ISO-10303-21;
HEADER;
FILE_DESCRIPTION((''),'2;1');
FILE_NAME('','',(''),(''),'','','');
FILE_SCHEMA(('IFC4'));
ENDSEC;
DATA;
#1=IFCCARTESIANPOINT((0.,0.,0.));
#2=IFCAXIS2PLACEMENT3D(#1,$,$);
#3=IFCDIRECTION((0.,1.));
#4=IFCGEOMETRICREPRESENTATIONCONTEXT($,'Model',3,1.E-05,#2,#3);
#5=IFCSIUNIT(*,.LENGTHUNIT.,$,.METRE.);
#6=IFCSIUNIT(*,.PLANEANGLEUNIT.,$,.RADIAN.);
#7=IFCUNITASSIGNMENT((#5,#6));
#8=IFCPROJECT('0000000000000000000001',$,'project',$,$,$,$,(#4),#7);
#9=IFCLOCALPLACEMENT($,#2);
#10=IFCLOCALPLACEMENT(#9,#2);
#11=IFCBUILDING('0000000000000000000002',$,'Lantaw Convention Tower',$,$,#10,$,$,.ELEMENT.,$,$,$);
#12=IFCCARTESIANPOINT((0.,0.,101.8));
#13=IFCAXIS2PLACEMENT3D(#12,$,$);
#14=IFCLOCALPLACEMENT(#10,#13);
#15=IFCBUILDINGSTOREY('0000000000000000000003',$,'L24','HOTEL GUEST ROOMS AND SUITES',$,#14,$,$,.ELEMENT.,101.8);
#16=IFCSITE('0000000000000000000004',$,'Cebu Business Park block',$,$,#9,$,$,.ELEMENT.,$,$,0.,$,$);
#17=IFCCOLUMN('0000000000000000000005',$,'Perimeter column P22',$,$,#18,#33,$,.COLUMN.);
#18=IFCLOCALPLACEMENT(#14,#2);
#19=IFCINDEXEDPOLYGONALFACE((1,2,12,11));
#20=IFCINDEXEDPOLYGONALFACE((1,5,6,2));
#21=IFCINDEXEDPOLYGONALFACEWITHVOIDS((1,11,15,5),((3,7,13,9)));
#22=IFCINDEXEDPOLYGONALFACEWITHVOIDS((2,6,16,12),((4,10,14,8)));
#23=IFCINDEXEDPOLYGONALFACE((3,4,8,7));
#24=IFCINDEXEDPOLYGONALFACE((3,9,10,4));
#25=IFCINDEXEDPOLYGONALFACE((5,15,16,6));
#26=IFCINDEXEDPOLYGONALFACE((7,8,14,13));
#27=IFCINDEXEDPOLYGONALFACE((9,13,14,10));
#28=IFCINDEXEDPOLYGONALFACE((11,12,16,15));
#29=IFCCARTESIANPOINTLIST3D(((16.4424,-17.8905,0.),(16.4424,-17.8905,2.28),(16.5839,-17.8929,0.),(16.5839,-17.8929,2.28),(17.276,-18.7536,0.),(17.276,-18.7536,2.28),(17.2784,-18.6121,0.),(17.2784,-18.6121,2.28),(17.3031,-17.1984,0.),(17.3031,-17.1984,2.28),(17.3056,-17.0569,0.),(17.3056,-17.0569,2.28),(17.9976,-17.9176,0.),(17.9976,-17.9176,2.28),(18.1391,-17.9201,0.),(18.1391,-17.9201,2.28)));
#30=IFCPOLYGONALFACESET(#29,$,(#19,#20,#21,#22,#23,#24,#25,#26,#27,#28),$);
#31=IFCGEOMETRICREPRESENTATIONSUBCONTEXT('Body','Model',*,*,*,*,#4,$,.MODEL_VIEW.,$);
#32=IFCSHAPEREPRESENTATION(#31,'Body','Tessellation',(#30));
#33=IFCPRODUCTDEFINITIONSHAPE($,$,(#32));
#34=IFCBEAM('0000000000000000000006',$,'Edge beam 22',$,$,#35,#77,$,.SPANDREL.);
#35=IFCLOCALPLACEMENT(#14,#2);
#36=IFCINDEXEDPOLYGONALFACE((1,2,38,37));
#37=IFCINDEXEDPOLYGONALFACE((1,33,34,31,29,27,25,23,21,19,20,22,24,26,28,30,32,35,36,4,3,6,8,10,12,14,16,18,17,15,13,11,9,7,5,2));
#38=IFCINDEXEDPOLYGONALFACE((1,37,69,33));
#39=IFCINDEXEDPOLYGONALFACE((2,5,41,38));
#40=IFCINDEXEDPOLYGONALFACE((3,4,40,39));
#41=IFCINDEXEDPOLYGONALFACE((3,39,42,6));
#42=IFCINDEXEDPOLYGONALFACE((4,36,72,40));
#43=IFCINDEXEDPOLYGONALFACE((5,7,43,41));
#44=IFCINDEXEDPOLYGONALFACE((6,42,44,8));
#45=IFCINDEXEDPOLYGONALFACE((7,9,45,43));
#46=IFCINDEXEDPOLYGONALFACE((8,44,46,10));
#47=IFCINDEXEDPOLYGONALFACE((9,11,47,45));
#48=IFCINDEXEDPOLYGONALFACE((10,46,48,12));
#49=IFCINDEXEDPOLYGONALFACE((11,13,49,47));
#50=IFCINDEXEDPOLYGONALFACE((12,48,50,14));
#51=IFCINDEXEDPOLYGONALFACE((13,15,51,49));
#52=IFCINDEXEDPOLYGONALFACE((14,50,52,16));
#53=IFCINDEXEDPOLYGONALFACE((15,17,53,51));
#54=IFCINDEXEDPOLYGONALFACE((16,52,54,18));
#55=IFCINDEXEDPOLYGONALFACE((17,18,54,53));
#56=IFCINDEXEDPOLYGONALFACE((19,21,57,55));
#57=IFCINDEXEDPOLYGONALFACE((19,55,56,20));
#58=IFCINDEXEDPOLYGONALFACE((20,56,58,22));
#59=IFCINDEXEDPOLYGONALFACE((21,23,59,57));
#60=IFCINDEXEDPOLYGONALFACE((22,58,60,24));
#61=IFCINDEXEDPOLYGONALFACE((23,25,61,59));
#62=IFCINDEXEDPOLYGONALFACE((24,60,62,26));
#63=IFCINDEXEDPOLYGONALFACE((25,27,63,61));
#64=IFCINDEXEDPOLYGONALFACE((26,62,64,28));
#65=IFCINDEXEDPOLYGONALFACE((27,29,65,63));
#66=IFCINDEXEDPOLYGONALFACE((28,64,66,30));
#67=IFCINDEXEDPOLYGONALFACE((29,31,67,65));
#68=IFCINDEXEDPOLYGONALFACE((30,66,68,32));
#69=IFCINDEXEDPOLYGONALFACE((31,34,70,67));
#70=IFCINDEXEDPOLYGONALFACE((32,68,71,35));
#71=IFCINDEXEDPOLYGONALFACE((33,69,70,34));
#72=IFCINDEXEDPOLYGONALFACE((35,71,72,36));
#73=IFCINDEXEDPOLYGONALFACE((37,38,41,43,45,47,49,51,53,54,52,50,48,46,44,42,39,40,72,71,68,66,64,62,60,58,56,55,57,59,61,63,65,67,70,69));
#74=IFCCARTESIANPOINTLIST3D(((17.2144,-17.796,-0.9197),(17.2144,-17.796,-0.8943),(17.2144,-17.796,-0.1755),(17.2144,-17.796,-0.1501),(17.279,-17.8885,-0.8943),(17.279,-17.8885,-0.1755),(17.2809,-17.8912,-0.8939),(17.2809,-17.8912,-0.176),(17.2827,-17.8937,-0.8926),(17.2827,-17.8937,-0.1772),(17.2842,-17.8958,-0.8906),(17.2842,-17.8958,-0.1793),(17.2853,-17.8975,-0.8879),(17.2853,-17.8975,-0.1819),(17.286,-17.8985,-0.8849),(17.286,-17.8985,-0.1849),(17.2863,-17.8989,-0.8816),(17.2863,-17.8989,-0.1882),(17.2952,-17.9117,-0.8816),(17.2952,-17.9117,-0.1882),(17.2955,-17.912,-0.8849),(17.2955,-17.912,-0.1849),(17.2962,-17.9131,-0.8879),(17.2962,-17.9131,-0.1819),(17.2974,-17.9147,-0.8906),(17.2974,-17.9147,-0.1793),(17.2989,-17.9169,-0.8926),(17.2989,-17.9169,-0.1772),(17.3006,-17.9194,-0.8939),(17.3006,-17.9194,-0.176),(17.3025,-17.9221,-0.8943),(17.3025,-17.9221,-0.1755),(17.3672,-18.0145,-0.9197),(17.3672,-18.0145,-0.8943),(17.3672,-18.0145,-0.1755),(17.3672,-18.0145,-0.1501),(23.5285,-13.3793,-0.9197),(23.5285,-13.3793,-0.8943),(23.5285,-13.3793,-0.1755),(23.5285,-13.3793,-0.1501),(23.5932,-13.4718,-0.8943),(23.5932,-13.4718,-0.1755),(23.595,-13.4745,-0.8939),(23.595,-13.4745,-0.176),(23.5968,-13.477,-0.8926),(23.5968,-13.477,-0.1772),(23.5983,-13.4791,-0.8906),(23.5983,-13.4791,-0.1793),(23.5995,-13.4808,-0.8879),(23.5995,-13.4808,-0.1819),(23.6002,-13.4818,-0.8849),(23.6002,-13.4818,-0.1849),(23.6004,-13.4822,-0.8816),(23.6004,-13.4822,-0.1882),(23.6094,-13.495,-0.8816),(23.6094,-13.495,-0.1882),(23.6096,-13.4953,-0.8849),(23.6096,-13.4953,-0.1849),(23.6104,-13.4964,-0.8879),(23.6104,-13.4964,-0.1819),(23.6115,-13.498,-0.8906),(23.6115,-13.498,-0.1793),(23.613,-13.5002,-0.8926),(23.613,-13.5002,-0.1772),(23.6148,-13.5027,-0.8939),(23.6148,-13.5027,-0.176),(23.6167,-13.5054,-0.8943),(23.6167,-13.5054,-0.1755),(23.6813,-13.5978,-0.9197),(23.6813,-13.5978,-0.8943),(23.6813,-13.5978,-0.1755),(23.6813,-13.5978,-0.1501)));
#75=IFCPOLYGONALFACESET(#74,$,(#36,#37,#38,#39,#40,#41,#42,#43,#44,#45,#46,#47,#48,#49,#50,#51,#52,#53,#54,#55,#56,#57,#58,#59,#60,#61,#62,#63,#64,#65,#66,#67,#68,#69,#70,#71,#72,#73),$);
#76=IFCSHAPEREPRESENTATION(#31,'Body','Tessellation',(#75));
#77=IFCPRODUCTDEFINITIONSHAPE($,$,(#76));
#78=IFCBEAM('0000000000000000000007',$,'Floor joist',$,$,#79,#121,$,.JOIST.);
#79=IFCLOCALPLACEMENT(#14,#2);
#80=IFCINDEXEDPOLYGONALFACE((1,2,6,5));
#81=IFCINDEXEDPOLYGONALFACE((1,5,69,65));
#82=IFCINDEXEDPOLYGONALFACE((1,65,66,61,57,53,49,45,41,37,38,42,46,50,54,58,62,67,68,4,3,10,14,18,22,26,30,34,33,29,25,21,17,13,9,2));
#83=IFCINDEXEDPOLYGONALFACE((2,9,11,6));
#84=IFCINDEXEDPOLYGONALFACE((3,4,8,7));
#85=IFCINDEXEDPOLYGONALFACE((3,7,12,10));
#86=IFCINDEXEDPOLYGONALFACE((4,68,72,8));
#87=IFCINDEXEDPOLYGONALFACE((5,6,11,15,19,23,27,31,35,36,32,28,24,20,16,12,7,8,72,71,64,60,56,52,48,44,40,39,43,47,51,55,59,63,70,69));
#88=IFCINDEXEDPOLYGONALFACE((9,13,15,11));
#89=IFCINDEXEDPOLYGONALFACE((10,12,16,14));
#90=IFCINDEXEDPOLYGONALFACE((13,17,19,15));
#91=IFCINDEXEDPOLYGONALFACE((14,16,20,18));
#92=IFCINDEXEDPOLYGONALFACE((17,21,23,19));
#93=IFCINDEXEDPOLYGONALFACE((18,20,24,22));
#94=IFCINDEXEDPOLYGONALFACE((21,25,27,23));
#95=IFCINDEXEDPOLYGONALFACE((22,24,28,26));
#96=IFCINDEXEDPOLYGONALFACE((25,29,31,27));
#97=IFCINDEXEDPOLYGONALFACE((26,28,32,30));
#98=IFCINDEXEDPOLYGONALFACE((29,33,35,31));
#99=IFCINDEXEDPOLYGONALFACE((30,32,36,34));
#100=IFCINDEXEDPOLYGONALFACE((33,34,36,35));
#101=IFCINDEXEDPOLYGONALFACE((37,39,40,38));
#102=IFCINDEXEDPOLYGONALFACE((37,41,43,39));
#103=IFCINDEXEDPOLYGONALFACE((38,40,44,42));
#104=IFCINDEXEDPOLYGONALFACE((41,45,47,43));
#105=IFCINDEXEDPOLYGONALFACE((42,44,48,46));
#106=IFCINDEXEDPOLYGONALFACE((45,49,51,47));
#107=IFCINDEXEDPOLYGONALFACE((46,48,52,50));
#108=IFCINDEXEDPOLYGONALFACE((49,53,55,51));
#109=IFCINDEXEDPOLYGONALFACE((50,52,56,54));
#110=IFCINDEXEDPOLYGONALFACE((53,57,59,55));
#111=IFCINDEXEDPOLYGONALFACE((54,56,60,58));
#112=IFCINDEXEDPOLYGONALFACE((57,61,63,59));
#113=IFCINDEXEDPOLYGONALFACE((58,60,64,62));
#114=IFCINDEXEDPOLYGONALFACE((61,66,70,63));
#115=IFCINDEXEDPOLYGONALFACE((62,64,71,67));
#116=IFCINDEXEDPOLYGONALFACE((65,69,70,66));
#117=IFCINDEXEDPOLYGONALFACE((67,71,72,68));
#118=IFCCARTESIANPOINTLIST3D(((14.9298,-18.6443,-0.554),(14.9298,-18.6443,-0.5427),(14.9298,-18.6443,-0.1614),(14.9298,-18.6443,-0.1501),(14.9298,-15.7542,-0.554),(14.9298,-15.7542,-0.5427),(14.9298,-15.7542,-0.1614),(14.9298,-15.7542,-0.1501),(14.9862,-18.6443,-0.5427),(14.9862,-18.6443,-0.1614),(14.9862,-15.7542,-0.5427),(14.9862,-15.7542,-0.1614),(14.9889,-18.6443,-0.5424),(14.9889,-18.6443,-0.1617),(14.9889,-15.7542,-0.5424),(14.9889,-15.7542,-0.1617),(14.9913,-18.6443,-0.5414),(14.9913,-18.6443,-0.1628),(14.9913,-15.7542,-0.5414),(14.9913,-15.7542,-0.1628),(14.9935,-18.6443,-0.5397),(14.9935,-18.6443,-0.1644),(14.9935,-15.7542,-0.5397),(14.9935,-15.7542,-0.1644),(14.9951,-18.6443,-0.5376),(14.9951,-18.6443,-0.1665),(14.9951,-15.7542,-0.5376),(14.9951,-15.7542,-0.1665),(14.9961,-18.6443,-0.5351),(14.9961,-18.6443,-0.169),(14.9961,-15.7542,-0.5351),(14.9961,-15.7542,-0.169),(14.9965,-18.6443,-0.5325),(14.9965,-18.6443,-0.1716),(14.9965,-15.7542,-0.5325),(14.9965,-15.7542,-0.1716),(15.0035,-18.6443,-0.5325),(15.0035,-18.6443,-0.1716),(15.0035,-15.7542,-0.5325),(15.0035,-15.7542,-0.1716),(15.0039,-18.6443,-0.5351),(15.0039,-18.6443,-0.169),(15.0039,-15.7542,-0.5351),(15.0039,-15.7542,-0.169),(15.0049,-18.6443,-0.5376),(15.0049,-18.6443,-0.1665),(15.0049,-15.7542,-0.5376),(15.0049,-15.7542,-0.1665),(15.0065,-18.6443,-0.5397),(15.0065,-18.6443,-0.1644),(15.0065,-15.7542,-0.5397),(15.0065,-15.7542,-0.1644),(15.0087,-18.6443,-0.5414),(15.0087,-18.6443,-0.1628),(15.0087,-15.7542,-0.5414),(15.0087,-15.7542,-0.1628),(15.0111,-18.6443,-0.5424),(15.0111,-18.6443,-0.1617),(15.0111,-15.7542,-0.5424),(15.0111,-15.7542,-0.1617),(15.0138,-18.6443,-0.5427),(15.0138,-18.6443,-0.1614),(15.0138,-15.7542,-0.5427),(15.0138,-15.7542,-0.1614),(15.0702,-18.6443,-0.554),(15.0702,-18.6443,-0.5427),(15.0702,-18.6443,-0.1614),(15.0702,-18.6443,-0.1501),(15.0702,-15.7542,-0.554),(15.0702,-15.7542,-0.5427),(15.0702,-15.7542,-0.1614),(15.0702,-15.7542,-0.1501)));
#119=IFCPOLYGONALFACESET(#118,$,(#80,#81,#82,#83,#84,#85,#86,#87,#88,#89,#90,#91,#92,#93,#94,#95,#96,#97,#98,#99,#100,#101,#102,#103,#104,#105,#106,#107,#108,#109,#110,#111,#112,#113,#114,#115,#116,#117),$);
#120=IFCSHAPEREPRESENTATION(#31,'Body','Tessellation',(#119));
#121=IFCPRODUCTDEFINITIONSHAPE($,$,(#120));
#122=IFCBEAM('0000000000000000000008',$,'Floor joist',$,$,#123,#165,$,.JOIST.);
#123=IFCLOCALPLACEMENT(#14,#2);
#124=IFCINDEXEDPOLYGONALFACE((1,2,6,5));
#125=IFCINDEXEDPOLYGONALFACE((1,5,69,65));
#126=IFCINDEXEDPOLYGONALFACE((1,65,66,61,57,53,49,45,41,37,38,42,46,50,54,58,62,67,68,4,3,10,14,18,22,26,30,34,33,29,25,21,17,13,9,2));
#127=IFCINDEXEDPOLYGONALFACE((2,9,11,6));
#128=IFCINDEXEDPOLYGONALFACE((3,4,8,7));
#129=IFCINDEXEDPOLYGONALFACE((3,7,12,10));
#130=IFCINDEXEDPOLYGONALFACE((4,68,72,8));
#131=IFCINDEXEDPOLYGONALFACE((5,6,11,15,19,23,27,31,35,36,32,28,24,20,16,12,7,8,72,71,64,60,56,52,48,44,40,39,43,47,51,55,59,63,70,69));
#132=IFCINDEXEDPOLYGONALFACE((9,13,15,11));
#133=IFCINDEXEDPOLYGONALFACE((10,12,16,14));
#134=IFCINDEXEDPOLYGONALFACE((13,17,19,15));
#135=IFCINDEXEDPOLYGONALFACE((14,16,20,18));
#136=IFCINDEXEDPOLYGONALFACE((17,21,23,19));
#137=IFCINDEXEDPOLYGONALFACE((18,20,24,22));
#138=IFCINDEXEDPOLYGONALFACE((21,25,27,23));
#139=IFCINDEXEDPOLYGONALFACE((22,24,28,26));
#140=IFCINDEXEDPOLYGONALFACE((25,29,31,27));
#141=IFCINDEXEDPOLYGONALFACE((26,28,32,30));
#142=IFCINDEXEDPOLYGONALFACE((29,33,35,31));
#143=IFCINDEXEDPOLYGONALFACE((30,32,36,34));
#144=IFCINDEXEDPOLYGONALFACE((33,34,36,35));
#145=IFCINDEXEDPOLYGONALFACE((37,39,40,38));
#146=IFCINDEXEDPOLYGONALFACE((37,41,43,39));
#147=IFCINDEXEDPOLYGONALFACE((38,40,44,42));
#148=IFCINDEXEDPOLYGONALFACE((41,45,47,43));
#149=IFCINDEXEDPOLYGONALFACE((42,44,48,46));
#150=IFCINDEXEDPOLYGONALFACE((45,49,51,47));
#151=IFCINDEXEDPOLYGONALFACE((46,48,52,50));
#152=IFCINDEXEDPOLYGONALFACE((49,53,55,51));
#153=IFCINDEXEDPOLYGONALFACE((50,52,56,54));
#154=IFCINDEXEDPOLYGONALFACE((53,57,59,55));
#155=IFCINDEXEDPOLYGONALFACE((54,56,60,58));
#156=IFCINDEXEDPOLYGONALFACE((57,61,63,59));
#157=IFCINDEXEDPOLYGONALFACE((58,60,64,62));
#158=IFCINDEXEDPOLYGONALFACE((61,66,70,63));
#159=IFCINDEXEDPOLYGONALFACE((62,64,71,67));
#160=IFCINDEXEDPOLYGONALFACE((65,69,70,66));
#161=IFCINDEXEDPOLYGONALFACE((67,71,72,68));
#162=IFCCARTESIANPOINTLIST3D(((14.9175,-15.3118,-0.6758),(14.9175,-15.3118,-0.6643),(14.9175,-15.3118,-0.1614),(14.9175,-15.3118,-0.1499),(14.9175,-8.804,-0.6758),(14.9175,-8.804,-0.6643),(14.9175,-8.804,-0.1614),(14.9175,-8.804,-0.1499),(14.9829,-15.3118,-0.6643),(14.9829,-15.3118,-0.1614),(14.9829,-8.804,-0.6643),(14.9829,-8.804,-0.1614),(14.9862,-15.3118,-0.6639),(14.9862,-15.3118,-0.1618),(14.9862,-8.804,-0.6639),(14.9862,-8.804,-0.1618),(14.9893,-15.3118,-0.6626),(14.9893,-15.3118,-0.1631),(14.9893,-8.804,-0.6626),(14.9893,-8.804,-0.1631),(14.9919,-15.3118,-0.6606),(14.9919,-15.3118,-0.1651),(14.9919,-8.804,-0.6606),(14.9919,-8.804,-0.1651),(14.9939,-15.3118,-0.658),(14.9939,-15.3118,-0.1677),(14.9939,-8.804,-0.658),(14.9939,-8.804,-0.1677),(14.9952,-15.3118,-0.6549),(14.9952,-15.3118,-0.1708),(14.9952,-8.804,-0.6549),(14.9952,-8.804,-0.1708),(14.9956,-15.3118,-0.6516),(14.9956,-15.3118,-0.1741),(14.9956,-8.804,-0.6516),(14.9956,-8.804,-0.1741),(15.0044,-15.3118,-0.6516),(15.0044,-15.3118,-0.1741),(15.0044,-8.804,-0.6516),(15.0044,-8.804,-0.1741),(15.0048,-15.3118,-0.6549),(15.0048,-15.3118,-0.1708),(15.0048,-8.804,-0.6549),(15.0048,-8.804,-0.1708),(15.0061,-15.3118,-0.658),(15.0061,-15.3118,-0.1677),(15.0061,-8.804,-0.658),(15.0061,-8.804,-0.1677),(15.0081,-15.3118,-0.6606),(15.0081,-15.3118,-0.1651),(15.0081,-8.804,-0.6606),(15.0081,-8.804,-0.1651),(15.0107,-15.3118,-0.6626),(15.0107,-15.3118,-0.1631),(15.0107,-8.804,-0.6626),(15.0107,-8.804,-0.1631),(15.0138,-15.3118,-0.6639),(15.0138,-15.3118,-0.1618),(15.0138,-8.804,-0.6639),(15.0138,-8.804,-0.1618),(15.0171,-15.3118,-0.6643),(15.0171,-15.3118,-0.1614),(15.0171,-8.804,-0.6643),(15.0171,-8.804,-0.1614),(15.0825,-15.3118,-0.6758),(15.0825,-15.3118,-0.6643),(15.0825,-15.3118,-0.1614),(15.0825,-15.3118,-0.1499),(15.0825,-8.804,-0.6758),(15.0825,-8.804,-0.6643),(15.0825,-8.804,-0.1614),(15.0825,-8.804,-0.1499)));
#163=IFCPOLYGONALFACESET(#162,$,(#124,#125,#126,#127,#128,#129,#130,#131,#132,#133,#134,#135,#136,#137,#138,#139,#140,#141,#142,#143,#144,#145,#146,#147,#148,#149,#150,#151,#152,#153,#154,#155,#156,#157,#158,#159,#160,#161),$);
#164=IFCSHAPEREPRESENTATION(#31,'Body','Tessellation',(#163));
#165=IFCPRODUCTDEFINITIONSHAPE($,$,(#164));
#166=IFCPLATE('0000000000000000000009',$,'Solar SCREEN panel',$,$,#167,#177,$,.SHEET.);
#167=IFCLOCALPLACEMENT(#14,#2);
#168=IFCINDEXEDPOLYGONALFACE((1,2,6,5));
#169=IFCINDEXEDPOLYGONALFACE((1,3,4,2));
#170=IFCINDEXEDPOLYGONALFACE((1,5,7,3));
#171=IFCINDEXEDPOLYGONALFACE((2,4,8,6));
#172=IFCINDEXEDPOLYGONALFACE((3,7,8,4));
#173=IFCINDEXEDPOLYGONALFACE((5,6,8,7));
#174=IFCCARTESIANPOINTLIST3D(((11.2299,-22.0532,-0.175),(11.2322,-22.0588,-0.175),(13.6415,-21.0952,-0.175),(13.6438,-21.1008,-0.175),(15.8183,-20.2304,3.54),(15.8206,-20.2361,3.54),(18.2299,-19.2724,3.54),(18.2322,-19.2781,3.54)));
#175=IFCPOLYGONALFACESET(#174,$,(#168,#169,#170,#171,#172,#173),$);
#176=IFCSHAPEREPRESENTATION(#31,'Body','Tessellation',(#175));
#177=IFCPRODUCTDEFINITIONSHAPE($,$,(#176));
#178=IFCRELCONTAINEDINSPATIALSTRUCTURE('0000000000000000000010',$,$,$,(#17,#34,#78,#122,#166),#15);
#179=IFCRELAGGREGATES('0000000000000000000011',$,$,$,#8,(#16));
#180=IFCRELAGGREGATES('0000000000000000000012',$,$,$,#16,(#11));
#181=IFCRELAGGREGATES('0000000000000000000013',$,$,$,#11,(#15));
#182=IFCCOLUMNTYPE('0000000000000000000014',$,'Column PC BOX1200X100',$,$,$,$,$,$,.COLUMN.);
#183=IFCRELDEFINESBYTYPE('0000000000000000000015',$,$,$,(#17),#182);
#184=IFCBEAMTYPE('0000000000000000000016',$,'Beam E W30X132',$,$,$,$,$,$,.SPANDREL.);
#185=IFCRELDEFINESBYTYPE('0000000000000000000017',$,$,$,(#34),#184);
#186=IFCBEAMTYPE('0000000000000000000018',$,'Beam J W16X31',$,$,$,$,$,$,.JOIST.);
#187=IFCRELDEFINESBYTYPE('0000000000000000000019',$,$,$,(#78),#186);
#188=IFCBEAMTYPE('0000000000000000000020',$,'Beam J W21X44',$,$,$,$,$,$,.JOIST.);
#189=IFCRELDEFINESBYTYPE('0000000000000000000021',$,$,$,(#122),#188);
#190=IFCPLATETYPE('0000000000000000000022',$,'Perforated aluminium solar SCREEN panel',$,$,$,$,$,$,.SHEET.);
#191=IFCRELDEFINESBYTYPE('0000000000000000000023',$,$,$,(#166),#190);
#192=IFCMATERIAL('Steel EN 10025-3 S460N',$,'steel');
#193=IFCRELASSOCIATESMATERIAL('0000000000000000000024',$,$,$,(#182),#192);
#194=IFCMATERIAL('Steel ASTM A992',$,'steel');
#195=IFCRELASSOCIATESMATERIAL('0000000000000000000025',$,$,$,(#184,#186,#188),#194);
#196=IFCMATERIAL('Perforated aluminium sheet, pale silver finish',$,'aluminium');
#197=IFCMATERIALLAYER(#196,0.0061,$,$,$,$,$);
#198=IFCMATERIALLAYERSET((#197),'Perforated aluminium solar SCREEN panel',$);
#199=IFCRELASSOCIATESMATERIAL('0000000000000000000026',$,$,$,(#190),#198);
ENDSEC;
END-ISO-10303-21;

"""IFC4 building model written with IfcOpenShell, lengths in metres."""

from ifc_helpers import new_model, si_unit, direction, frame, origin, origin_2d, place, context, subcontext, project, spatial, polyline, rectangle, hollow_rectangle, i_section, outline, extrude, material, layer, layer_set, material_profile, profile_set, type_object, element, save


model = new_model("IFC4")

# Units and contexts
model_context = context("Model", 3, precision=1e-05, world=origin(), true_north=direction((0.0, 1.0)))
body_context = subcontext(model_context, "Body", "Model", "MODEL_VIEW")
ifc_project = project(units=[si_unit("LENGTHUNIT", "METRE"), si_unit("PLANEANGLEUNIT", "RADIAN")], contexts=[model_context])

# Site, building, storey
site_placement = place(None, origin())
site = spatial("IfcSite", under=ifc_project, at=site_placement, Name="Cebu Business Park block", CompositionType="ELEMENT", RefElevation=0.0)
building_placement = place(site_placement, origin())
building = spatial("IfcBuilding", under=site, at=building_placement, Name="Lantaw Convention Tower", CompositionType="ELEMENT")
storey_placement = place(building_placement, frame((0.0, 0.0, 101.8)))
storey = spatial("IfcBuildingStorey", under=building, at=storey_placement, Name="L24", Description="HOTEL GUEST ROOMS AND SUITES", CompositionType="ELEMENT", Elevation=101.8)

# Column
ifc_material_1 = material(Name="Steel EN 10025-3 S460N", Category="steel")
ifc_material_profile_1 = material_profile(ifc_material_1, hollow_rectangle(XDim=1.2, YDim=1.2, WallThickness=0.1001, at=origin_2d()), Name="BOX1200X100")
ifc_material_2 = material(Name="Concrete C60/75", Category="concrete")
ifc_material_profile_2 = material_profile(ifc_material_2, rectangle(XDim=1.0, YDim=1.0, at=origin_2d()), Name="Concrete fill of BOX1200X100")
ifc_profile_set_1 = profile_set([ifc_material_profile_1, ifc_material_profile_2], Name="Steel EN 10025-3 S460N")
column_type = type_object("IfcColumnType", Name="Column PC BOX1200X100", PredefinedType="COLUMN", material=ifc_profile_set_1)
column_placement = place(storey_placement, frame((17.2908, -17.9053, 0.0), z_axis=(0.0, 0.0, 1.0), x_axis=(0.71934, 0.694658, 0.0)))
element("IfcColumn", 1, at=column_placement, inside=storey, type_object=column_type, Name="Perimeter column P22", PredefinedType="COLUMN", context=body_context, shape_type="SweptSolid", body=[
    extrude(hollow_rectangle(XDim=1.2, YDim=1.2, WallThickness=0.1001, at=origin_2d()), origin(), (0.0, 0.0, 1.0), 2.28),
])

# Beams
ifc_material_3 = material(Name="Steel ASTM A992", Category="steel")
ifc_material_profile_3 = material_profile(ifc_material_3, i_section(OverallWidth=0.2666, OverallDepth=0.7695, WebThickness=0.0156, FlangeThickness=0.0254, FilletRadius=0.0127, at=origin_2d()), Name="W30X132")
ifc_profile_set_2 = profile_set([ifc_material_profile_3], Name="Steel ASTM A992")
beam_type_1 = type_object("IfcBeamType", Name="Beam E W30X132", PredefinedType="SPANDREL", material=ifc_profile_set_2)
beam_1_placement = place(storey_placement, frame((17.2908, -17.9053, -0.5349), z_axis=(0.819427, 0.573184, 0.0), x_axis=(-0.573184, 0.819427, 0.0)))
element("IfcBeam", 2, at=beam_1_placement, inside=storey, type_object=beam_type_1, Name="Edge beam 22", PredefinedType="SPANDREL", context=body_context, shape_type="SweptSolid", body=[
    extrude(i_section(OverallWidth=0.2666, OverallDepth=0.7695, WebThickness=0.0156, FlangeThickness=0.0254, FilletRadius=0.0127, at=origin_2d()), origin(), (0.0, 0.0, 1.0), 7.7056),
])
ifc_material_profile_4 = material_profile(ifc_material_3, i_section(OverallWidth=0.1404, OverallDepth=0.4038, WebThickness=0.0071, FlangeThickness=0.0112, FilletRadius=0.0103, at=origin_2d()), Name="W16X31")
ifc_profile_set_3 = profile_set([ifc_material_profile_4], Name="Steel ASTM A992")
beam_type_2 = type_object("IfcBeamType", Name="Beam J W16X31", PredefinedType="JOIST", material=ifc_profile_set_3)
beam_2_placement = place(storey_placement, frame((15.0, -18.6443, -0.3521), z_axis=(0.0, 1.0, 0.0), x_axis=(-1.0, 0.0, 0.0)))
element("IfcBeam", 3, at=beam_2_placement, inside=storey, type_object=beam_type_2, Name="Floor joist", PredefinedType="JOIST", context=body_context, shape_type="SweptSolid", body=[
    extrude(i_section(OverallWidth=0.1404, OverallDepth=0.4038, WebThickness=0.0071, FlangeThickness=0.0112, FilletRadius=0.0103, at=origin_2d()), origin(), (0.0, 0.0, 1.0), 2.8901),
])
ifc_material_profile_5 = material_profile(ifc_material_3, i_section(OverallWidth=0.165, OverallDepth=0.5259, WebThickness=0.0088, FlangeThickness=0.0115, FilletRadius=0.0127, at=origin_2d()), Name="W21X44")
ifc_profile_set_4 = profile_set([ifc_material_profile_5], Name="Steel ASTM A992")
beam_type_3 = type_object("IfcBeamType", Name="Beam J W21X44", PredefinedType="JOIST", material=ifc_profile_set_4)
beam_3_placement = place(storey_placement, frame((15.0, -15.3118, -0.4128), z_axis=(0.0, 1.0, 0.0), x_axis=(-1.0, 0.0, 0.0)))
element("IfcBeam", 4, at=beam_3_placement, inside=storey, type_object=beam_type_3, Name="Floor joist", PredefinedType="JOIST", context=body_context, shape_type="SweptSolid", body=[
    extrude(i_section(OverallWidth=0.165, OverallDepth=0.5259, WebThickness=0.0088, FlangeThickness=0.0115, FilletRadius=0.0127, at=origin_2d()), origin(), (0.0, 0.0, 1.0), 6.5078),
])

# Plate
ifc_material_4 = material(Name="Perforated aluminium sheet, pale silver finish", Category="aluminium")
ifc_layer_1 = layer(ifc_material_4, 0.0061)
ifc_layer_set_1 = layer_set([ifc_layer_1], Name="Perforated aluminium solar SCREEN panel")
plate_type = type_object("IfcPlateType", Name="Perforated aluminium solar SCREEN panel", PredefinedType="SHEET", material=ifc_layer_set_1)
plate_placement = place(storey_placement, frame((11.2322, -22.0588, -0.175), z_axis=(0.369184, -0.929357, 0.000009), x_axis=(0.929357, 0.369184, 0.0)))
element("IfcPlate", 5, at=plate_placement, inside=storey, type_object=plate_type, Name="Solar SCREEN panel", PredefinedType="SHEET", context=body_context, shape_type="SweptSolid", body=[
    extrude(outline(polyline([(0.0, 0.0), (2.5949, 0.0), (7.5321, 3.7151), (4.9372, 3.7151), (0.0, 0.0)])), origin(), (0.0, 0.0, -1.0), 0.0061),
])

save(model, "model.ifc")
